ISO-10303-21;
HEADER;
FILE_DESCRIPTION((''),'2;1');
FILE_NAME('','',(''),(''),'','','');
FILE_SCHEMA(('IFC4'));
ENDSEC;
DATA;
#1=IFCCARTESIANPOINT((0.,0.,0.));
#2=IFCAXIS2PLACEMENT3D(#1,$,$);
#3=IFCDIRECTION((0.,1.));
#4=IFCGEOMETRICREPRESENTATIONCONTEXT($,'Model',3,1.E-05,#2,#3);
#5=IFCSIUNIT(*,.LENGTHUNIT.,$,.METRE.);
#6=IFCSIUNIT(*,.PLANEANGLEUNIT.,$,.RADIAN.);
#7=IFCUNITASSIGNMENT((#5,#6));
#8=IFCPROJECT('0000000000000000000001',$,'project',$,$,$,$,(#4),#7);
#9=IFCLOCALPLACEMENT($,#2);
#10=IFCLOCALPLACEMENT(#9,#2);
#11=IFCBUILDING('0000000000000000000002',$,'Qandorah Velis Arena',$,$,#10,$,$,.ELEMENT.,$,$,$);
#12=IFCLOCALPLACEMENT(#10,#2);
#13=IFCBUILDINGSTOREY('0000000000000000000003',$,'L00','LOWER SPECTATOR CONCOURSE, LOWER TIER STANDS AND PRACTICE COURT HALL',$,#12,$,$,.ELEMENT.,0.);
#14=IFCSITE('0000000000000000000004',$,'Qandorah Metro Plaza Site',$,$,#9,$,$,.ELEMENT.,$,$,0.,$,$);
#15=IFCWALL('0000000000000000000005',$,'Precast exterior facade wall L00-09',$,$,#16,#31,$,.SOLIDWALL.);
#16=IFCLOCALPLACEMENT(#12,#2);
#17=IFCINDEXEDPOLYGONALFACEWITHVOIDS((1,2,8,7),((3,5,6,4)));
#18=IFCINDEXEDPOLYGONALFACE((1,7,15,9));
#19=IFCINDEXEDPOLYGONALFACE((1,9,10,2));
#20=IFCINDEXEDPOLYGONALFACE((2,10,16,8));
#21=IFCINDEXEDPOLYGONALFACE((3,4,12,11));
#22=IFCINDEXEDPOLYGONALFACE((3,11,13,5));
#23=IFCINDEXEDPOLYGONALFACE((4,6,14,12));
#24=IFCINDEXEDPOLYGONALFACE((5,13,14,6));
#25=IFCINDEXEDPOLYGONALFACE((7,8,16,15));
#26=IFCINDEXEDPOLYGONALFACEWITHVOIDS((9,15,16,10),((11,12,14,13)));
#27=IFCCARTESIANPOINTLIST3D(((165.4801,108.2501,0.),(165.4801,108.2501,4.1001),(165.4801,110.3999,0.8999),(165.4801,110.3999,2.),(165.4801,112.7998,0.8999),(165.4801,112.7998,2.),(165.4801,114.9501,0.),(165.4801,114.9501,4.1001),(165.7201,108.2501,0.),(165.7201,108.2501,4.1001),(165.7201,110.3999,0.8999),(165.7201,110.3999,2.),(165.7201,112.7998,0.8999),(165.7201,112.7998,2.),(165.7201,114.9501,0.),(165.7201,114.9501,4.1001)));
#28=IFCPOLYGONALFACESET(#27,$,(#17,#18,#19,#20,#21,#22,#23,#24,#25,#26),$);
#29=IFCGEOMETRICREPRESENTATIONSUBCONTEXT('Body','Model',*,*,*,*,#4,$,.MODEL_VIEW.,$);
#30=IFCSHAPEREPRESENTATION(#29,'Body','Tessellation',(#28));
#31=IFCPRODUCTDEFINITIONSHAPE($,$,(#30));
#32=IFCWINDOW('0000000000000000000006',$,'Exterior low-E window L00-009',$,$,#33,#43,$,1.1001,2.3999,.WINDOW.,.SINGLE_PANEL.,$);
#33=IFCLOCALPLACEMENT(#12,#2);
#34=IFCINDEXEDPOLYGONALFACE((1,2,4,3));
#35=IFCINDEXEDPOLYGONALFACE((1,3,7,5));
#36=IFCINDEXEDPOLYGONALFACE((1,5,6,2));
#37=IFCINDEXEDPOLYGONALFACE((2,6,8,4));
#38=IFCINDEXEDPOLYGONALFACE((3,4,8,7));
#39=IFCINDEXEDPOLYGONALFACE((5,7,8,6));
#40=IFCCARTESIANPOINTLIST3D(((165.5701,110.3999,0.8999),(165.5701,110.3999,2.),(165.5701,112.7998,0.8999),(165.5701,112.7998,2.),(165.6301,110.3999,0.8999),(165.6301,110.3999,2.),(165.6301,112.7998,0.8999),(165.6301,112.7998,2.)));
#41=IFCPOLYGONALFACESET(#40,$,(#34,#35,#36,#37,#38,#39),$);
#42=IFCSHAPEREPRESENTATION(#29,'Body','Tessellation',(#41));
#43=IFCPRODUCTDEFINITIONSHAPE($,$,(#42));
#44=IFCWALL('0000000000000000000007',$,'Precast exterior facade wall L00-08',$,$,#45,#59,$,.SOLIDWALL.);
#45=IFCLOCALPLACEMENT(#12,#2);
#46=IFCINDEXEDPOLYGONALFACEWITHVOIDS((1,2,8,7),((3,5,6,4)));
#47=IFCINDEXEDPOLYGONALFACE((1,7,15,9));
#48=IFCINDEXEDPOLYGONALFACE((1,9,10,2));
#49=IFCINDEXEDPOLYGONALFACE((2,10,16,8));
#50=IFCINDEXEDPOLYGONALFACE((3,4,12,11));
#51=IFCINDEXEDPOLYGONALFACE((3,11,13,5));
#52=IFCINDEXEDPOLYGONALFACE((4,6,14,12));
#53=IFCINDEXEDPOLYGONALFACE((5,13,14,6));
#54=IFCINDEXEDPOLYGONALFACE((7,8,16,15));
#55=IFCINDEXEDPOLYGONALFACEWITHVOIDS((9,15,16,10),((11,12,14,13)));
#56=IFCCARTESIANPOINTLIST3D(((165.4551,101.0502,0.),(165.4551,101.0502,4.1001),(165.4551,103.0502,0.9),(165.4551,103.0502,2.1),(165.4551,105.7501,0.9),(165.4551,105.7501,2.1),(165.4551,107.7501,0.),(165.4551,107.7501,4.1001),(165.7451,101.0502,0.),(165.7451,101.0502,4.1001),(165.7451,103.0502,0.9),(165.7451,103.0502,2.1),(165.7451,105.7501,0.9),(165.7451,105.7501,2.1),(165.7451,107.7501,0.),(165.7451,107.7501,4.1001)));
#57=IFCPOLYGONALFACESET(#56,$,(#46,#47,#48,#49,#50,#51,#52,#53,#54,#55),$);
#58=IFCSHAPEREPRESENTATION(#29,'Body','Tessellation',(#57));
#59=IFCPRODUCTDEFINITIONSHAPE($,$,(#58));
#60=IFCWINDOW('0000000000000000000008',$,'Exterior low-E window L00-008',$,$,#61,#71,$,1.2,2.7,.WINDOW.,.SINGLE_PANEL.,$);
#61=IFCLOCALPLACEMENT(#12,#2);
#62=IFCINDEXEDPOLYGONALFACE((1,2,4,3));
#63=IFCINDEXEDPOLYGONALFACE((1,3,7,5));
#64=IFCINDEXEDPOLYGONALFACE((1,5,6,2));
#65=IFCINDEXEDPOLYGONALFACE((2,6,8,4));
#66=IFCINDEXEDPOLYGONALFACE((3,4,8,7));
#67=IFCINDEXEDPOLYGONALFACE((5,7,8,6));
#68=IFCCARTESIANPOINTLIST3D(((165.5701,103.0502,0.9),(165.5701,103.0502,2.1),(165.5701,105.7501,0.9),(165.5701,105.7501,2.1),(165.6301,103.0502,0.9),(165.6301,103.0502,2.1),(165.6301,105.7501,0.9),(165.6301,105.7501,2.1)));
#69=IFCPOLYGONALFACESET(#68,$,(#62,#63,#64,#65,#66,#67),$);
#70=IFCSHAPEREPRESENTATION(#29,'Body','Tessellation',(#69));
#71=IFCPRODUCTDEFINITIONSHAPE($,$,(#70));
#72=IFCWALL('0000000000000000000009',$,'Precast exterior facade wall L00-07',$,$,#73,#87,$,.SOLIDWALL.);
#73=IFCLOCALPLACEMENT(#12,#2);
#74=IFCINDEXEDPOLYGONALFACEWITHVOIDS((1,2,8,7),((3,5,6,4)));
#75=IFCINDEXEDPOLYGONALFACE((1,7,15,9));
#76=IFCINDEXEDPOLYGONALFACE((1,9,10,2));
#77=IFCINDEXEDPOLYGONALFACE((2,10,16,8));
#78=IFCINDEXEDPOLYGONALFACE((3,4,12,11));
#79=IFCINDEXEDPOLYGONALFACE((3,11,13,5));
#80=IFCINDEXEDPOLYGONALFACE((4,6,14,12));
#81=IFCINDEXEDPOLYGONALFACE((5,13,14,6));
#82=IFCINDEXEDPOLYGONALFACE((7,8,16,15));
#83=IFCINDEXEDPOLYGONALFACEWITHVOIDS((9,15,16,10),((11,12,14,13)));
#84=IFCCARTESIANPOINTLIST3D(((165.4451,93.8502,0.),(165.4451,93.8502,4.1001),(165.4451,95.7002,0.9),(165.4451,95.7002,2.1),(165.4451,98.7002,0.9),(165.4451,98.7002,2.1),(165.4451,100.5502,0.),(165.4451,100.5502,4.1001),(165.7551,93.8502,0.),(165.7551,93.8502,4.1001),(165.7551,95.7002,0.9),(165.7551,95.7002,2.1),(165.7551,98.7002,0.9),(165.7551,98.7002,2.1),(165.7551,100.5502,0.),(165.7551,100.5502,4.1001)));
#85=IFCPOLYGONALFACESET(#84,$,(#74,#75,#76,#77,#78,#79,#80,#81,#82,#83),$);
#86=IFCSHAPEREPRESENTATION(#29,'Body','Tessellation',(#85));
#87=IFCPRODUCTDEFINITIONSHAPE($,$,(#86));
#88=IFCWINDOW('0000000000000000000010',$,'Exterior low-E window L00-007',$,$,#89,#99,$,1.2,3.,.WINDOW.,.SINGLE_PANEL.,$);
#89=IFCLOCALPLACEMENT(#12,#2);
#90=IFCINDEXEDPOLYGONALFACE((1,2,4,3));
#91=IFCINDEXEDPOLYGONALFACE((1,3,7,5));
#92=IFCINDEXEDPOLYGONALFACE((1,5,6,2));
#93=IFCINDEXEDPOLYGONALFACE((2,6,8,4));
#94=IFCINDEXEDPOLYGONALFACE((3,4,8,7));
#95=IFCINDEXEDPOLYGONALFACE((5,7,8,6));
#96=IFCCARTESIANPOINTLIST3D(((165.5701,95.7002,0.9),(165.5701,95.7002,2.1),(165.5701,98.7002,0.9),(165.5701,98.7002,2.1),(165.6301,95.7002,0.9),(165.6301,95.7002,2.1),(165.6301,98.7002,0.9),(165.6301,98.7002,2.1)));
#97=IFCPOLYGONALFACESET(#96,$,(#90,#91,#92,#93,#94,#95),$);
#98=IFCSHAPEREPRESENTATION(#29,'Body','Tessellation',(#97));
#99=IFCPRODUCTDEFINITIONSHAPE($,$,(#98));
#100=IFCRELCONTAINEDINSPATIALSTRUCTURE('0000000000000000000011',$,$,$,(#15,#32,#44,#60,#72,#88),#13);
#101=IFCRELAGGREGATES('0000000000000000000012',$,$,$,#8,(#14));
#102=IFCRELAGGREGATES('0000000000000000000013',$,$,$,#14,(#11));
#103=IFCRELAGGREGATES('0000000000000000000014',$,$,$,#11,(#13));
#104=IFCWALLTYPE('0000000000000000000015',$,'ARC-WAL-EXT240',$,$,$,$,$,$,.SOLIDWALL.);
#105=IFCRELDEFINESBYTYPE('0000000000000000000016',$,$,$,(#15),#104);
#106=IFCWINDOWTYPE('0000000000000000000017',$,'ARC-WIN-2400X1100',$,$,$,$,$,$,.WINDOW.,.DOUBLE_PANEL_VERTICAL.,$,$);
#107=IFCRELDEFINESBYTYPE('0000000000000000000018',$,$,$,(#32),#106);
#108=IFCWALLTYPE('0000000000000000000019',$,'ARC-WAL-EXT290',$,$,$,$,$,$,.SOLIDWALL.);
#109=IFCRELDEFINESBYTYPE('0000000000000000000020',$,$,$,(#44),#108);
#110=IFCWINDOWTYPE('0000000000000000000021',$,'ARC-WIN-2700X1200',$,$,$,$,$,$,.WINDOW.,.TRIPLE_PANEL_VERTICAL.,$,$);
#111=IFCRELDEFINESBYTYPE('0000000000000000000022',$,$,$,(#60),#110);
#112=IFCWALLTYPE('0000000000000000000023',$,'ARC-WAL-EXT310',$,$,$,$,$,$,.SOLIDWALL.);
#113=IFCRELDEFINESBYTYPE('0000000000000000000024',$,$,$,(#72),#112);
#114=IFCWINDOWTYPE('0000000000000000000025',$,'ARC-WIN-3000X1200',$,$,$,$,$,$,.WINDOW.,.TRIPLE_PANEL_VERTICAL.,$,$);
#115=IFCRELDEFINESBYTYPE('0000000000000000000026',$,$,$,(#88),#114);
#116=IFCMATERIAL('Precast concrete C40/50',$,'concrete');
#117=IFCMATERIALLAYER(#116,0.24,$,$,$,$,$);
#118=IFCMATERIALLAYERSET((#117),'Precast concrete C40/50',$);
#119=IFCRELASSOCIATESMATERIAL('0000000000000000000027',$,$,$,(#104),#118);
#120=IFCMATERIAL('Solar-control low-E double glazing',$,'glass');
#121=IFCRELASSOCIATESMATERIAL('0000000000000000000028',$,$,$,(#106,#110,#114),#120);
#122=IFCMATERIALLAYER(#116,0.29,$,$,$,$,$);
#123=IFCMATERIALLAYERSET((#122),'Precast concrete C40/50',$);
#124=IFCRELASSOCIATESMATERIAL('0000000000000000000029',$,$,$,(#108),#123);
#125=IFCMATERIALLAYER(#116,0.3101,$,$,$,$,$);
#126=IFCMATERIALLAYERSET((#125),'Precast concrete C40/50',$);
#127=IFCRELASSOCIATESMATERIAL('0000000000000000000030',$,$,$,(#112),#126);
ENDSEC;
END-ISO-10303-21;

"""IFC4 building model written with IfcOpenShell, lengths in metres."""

from ifc_helpers import new_model, si_unit, direction, frame, frame_2d, origin, place, context, subcontext, project, spatial, rectangle, extrude, material, layer, layer_set, type_object, element, fill, save


model = new_model("IFC4")

# Units and contexts
model_context = context("Model", 3, precision=1e-05, world=origin(), true_north=direction((0.0, 1.0)))
body_context = subcontext(model_context, "Body", "Model", "MODEL_VIEW")
ifc_project = project(units=[si_unit("LENGTHUNIT", "METRE"), si_unit("PLANEANGLEUNIT", "RADIAN")], contexts=[model_context])

# Site, building, storey
site_placement = place(None, origin())
site = spatial("IfcSite", under=ifc_project, at=site_placement, Name="Qandorah Metro Plaza Site", CompositionType="ELEMENT", RefElevation=0.0)
building_placement = place(site_placement, origin())
building = spatial("IfcBuilding", under=site, at=building_placement, Name="Qandorah Velis Arena", CompositionType="ELEMENT")
storey_placement = place(building_placement, origin())
storey = spatial("IfcBuildingStorey", under=building, at=storey_placement, Name="L00", Description="LOWER SPECTATOR CONCOURSE, LOWER TIER STANDS AND PRACTICE COURT HALL", CompositionType="ELEMENT", Elevation=0.0)

# Walls, openings, windows
ifc_material_1 = material(Name="Precast concrete C40/50", Category="concrete")
ifc_layer_1 = layer(ifc_material_1, 0.24)
ifc_layer_set_1 = layer_set([ifc_layer_1], Name="Precast concrete C40/50")
wall_type_1 = type_object("IfcWallType", Name="ARC-WAL-EXT240", PredefinedType="SOLIDWALL", material=ifc_layer_set_1)
wall_1_placement = place(storey_placement, frame((165.6001, 108.25, 0.0), z_axis=(0.0, 0.0, 1.0), x_axis=(0.0, 1.0, 0.0)))
wall_1 = element("IfcWall", 1, at=wall_1_placement, inside=storey, type_object=wall_type_1, Name="Precast exterior facade wall L00-09", PredefinedType="SOLIDWALL", context=body_context, shape_type="SweptSolid", body=[
    extrude(rectangle(XDim=6.7, YDim=0.24, at=frame_2d((3.3501, 0.0))), origin(), (0.0, 0.0, 1.0), 4.1001),
])
opening_1_placement = place(wall_1_placement, frame((2.1499, 0.0, 0.8999)))
opening_1 = element("IfcOpeningElement", 2, at=opening_1_placement, cuts=wall_1, PredefinedType="OPENING", context=body_context, shape_type="SweptSolid", body=[
    extrude(rectangle(XDim=2.3999, YDim=1.1001, at=frame_2d((1.2, 0.55))), frame((0.0, 0.1299, 0.0), z_axis=(0.0, -1.0, 0.0), x_axis=(1.0, 0.0, 0.0)), (0.0, 0.0, 1.0), 0.26),
])
ifc_material_2 = material(Name="Solar-control low-E double glazing", Category="glass")
window_type_1 = type_object("IfcWindowType", Name="ARC-WIN-2400X1100", PartitioningType="DOUBLE_PANEL_VERTICAL", PredefinedType="WINDOW", material=ifc_material_2)
window_1_placement = place(opening_1_placement, origin())
window_1 = element("IfcWindow", 3, at=window_1_placement, inside=storey, type_object=window_type_1, Name="Exterior low-E window L00-009", OverallHeight=1.1001, OverallWidth=2.3999, PartitioningType="SINGLE_PANEL", PredefinedType="WINDOW", context=body_context, shape_type="SweptSolid", body=[
    extrude(rectangle(XDim=2.3999, YDim=1.1001, at=frame_2d((1.2, 0.55))), frame((0.0, 0.03, 0.0), z_axis=(0.0, -1.0, 0.0), x_axis=(1.0, 0.0, 0.0)), (0.0, 0.0, 1.0), 0.0601),
])
fill(opening_1, window_1)
ifc_layer_2 = layer(ifc_material_1, 0.29)
ifc_layer_set_2 = layer_set([ifc_layer_2], Name="Precast concrete C40/50")
wall_type_2 = type_object("IfcWallType", Name="ARC-WAL-EXT290", PredefinedType="SOLIDWALL", material=ifc_layer_set_2)
wall_2_placement = place(storey_placement, frame((165.6001, 101.05, 0.0), z_axis=(0.0, 0.0, 1.0), x_axis=(0.0, 1.0, 0.0)))
wall_2 = element("IfcWall", 4, at=wall_2_placement, inside=storey, type_object=wall_type_2, Name="Precast exterior facade wall L00-08", PredefinedType="SOLIDWALL", context=body_context, shape_type="SweptSolid", body=[
    extrude(rectangle(XDim=6.7, YDim=0.29, at=frame_2d((3.3501, 0.0))), origin(), (0.0, 0.0, 1.0), 4.1001),
])
opening_2_placement = place(wall_2_placement, frame((2.0, 0.0, 0.8999)))
opening_2 = element("IfcOpeningElement", 5, at=opening_2_placement, cuts=wall_2, PredefinedType="OPENING", context=body_context, shape_type="SweptSolid", body=[
    extrude(rectangle(XDim=2.7, YDim=1.2, at=frame_2d((1.3501, 0.6001))), frame((0.0, 0.155, 0.0), z_axis=(0.0, -1.0, 0.0), x_axis=(1.0, 0.0, 0.0)), (0.0, 0.0, 1.0), 0.3101),
])
window_type_2 = type_object("IfcWindowType", Name="ARC-WIN-2700X1200", PartitioningType="TRIPLE_PANEL_VERTICAL", PredefinedType="WINDOW", material=ifc_material_2)
window_2_placement = place(opening_2_placement, origin())
window_2 = element("IfcWindow", 6, at=window_2_placement, inside=storey, type_object=window_type_2, Name="Exterior low-E window L00-008", OverallHeight=1.2, OverallWidth=2.7, PartitioningType="SINGLE_PANEL", PredefinedType="WINDOW", context=body_context, shape_type="SweptSolid", body=[
    extrude(rectangle(XDim=2.7, YDim=1.2, at=frame_2d((1.3501, 0.6001))), frame((0.0, 0.03, 0.0), z_axis=(0.0, -1.0, 0.0), x_axis=(1.0, 0.0, 0.0)), (0.0, 0.0, 1.0), 0.0601),
])
fill(opening_2, window_2)
ifc_layer_3 = layer(ifc_material_1, 0.3101)
ifc_layer_set_3 = layer_set([ifc_layer_3], Name="Precast concrete C40/50")
wall_type_3 = type_object("IfcWallType", Name="ARC-WAL-EXT310", PredefinedType="SOLIDWALL", material=ifc_layer_set_3)
wall_3_placement = place(storey_placement, frame((165.6001, 93.8501, 0.0), z_axis=(0.0, 0.0, 1.0), x_axis=(0.0, 1.0, 0.0)))
wall_3 = element("IfcWall", 7, at=wall_3_placement, inside=storey, type_object=wall_type_3, Name="Precast exterior facade wall L00-07", PredefinedType="SOLIDWALL", context=body_context, shape_type="SweptSolid", body=[
    extrude(rectangle(XDim=6.7, YDim=0.3101, at=frame_2d((3.3501, 0.0))), origin(), (0.0, 0.0, 1.0), 4.1001),
])
opening_3_placement = place(wall_3_placement, frame((1.8501, 0.0, 0.8999)))
opening_3 = element("IfcOpeningElement", 8, at=opening_3_placement, cuts=wall_3, PredefinedType="OPENING", context=body_context, shape_type="SweptSolid", body=[
    extrude(rectangle(XDim=3.0, YDim=1.2, at=frame_2d((1.5, 0.6001))), frame((0.0, 0.165, 0.0), z_axis=(0.0, -1.0, 0.0), x_axis=(1.0, 0.0, 0.0)), (0.0, 0.0, 1.0), 0.3301),
])
window_type_3 = type_object("IfcWindowType", Name="ARC-WIN-3000X1200", PartitioningType="TRIPLE_PANEL_VERTICAL", PredefinedType="WINDOW", material=ifc_material_2)
window_3_placement = place(opening_3_placement, origin())
window_3 = element("IfcWindow", 9, at=window_3_placement, inside=storey, type_object=window_type_3, Name="Exterior low-E window L00-007", OverallHeight=1.2, OverallWidth=3.0, PartitioningType="SINGLE_PANEL", PredefinedType="WINDOW", context=body_context, shape_type="SweptSolid", body=[
    extrude(rectangle(XDim=3.0, YDim=1.2, at=frame_2d((1.5, 0.6001))), frame((0.0, 0.03, 0.0), z_axis=(0.0, -1.0, 0.0), x_axis=(1.0, 0.0, 0.0)), (0.0, 0.0, 1.0), 0.0601),
])
fill(opening_3, window_3)

save(model, "model.ifc")
